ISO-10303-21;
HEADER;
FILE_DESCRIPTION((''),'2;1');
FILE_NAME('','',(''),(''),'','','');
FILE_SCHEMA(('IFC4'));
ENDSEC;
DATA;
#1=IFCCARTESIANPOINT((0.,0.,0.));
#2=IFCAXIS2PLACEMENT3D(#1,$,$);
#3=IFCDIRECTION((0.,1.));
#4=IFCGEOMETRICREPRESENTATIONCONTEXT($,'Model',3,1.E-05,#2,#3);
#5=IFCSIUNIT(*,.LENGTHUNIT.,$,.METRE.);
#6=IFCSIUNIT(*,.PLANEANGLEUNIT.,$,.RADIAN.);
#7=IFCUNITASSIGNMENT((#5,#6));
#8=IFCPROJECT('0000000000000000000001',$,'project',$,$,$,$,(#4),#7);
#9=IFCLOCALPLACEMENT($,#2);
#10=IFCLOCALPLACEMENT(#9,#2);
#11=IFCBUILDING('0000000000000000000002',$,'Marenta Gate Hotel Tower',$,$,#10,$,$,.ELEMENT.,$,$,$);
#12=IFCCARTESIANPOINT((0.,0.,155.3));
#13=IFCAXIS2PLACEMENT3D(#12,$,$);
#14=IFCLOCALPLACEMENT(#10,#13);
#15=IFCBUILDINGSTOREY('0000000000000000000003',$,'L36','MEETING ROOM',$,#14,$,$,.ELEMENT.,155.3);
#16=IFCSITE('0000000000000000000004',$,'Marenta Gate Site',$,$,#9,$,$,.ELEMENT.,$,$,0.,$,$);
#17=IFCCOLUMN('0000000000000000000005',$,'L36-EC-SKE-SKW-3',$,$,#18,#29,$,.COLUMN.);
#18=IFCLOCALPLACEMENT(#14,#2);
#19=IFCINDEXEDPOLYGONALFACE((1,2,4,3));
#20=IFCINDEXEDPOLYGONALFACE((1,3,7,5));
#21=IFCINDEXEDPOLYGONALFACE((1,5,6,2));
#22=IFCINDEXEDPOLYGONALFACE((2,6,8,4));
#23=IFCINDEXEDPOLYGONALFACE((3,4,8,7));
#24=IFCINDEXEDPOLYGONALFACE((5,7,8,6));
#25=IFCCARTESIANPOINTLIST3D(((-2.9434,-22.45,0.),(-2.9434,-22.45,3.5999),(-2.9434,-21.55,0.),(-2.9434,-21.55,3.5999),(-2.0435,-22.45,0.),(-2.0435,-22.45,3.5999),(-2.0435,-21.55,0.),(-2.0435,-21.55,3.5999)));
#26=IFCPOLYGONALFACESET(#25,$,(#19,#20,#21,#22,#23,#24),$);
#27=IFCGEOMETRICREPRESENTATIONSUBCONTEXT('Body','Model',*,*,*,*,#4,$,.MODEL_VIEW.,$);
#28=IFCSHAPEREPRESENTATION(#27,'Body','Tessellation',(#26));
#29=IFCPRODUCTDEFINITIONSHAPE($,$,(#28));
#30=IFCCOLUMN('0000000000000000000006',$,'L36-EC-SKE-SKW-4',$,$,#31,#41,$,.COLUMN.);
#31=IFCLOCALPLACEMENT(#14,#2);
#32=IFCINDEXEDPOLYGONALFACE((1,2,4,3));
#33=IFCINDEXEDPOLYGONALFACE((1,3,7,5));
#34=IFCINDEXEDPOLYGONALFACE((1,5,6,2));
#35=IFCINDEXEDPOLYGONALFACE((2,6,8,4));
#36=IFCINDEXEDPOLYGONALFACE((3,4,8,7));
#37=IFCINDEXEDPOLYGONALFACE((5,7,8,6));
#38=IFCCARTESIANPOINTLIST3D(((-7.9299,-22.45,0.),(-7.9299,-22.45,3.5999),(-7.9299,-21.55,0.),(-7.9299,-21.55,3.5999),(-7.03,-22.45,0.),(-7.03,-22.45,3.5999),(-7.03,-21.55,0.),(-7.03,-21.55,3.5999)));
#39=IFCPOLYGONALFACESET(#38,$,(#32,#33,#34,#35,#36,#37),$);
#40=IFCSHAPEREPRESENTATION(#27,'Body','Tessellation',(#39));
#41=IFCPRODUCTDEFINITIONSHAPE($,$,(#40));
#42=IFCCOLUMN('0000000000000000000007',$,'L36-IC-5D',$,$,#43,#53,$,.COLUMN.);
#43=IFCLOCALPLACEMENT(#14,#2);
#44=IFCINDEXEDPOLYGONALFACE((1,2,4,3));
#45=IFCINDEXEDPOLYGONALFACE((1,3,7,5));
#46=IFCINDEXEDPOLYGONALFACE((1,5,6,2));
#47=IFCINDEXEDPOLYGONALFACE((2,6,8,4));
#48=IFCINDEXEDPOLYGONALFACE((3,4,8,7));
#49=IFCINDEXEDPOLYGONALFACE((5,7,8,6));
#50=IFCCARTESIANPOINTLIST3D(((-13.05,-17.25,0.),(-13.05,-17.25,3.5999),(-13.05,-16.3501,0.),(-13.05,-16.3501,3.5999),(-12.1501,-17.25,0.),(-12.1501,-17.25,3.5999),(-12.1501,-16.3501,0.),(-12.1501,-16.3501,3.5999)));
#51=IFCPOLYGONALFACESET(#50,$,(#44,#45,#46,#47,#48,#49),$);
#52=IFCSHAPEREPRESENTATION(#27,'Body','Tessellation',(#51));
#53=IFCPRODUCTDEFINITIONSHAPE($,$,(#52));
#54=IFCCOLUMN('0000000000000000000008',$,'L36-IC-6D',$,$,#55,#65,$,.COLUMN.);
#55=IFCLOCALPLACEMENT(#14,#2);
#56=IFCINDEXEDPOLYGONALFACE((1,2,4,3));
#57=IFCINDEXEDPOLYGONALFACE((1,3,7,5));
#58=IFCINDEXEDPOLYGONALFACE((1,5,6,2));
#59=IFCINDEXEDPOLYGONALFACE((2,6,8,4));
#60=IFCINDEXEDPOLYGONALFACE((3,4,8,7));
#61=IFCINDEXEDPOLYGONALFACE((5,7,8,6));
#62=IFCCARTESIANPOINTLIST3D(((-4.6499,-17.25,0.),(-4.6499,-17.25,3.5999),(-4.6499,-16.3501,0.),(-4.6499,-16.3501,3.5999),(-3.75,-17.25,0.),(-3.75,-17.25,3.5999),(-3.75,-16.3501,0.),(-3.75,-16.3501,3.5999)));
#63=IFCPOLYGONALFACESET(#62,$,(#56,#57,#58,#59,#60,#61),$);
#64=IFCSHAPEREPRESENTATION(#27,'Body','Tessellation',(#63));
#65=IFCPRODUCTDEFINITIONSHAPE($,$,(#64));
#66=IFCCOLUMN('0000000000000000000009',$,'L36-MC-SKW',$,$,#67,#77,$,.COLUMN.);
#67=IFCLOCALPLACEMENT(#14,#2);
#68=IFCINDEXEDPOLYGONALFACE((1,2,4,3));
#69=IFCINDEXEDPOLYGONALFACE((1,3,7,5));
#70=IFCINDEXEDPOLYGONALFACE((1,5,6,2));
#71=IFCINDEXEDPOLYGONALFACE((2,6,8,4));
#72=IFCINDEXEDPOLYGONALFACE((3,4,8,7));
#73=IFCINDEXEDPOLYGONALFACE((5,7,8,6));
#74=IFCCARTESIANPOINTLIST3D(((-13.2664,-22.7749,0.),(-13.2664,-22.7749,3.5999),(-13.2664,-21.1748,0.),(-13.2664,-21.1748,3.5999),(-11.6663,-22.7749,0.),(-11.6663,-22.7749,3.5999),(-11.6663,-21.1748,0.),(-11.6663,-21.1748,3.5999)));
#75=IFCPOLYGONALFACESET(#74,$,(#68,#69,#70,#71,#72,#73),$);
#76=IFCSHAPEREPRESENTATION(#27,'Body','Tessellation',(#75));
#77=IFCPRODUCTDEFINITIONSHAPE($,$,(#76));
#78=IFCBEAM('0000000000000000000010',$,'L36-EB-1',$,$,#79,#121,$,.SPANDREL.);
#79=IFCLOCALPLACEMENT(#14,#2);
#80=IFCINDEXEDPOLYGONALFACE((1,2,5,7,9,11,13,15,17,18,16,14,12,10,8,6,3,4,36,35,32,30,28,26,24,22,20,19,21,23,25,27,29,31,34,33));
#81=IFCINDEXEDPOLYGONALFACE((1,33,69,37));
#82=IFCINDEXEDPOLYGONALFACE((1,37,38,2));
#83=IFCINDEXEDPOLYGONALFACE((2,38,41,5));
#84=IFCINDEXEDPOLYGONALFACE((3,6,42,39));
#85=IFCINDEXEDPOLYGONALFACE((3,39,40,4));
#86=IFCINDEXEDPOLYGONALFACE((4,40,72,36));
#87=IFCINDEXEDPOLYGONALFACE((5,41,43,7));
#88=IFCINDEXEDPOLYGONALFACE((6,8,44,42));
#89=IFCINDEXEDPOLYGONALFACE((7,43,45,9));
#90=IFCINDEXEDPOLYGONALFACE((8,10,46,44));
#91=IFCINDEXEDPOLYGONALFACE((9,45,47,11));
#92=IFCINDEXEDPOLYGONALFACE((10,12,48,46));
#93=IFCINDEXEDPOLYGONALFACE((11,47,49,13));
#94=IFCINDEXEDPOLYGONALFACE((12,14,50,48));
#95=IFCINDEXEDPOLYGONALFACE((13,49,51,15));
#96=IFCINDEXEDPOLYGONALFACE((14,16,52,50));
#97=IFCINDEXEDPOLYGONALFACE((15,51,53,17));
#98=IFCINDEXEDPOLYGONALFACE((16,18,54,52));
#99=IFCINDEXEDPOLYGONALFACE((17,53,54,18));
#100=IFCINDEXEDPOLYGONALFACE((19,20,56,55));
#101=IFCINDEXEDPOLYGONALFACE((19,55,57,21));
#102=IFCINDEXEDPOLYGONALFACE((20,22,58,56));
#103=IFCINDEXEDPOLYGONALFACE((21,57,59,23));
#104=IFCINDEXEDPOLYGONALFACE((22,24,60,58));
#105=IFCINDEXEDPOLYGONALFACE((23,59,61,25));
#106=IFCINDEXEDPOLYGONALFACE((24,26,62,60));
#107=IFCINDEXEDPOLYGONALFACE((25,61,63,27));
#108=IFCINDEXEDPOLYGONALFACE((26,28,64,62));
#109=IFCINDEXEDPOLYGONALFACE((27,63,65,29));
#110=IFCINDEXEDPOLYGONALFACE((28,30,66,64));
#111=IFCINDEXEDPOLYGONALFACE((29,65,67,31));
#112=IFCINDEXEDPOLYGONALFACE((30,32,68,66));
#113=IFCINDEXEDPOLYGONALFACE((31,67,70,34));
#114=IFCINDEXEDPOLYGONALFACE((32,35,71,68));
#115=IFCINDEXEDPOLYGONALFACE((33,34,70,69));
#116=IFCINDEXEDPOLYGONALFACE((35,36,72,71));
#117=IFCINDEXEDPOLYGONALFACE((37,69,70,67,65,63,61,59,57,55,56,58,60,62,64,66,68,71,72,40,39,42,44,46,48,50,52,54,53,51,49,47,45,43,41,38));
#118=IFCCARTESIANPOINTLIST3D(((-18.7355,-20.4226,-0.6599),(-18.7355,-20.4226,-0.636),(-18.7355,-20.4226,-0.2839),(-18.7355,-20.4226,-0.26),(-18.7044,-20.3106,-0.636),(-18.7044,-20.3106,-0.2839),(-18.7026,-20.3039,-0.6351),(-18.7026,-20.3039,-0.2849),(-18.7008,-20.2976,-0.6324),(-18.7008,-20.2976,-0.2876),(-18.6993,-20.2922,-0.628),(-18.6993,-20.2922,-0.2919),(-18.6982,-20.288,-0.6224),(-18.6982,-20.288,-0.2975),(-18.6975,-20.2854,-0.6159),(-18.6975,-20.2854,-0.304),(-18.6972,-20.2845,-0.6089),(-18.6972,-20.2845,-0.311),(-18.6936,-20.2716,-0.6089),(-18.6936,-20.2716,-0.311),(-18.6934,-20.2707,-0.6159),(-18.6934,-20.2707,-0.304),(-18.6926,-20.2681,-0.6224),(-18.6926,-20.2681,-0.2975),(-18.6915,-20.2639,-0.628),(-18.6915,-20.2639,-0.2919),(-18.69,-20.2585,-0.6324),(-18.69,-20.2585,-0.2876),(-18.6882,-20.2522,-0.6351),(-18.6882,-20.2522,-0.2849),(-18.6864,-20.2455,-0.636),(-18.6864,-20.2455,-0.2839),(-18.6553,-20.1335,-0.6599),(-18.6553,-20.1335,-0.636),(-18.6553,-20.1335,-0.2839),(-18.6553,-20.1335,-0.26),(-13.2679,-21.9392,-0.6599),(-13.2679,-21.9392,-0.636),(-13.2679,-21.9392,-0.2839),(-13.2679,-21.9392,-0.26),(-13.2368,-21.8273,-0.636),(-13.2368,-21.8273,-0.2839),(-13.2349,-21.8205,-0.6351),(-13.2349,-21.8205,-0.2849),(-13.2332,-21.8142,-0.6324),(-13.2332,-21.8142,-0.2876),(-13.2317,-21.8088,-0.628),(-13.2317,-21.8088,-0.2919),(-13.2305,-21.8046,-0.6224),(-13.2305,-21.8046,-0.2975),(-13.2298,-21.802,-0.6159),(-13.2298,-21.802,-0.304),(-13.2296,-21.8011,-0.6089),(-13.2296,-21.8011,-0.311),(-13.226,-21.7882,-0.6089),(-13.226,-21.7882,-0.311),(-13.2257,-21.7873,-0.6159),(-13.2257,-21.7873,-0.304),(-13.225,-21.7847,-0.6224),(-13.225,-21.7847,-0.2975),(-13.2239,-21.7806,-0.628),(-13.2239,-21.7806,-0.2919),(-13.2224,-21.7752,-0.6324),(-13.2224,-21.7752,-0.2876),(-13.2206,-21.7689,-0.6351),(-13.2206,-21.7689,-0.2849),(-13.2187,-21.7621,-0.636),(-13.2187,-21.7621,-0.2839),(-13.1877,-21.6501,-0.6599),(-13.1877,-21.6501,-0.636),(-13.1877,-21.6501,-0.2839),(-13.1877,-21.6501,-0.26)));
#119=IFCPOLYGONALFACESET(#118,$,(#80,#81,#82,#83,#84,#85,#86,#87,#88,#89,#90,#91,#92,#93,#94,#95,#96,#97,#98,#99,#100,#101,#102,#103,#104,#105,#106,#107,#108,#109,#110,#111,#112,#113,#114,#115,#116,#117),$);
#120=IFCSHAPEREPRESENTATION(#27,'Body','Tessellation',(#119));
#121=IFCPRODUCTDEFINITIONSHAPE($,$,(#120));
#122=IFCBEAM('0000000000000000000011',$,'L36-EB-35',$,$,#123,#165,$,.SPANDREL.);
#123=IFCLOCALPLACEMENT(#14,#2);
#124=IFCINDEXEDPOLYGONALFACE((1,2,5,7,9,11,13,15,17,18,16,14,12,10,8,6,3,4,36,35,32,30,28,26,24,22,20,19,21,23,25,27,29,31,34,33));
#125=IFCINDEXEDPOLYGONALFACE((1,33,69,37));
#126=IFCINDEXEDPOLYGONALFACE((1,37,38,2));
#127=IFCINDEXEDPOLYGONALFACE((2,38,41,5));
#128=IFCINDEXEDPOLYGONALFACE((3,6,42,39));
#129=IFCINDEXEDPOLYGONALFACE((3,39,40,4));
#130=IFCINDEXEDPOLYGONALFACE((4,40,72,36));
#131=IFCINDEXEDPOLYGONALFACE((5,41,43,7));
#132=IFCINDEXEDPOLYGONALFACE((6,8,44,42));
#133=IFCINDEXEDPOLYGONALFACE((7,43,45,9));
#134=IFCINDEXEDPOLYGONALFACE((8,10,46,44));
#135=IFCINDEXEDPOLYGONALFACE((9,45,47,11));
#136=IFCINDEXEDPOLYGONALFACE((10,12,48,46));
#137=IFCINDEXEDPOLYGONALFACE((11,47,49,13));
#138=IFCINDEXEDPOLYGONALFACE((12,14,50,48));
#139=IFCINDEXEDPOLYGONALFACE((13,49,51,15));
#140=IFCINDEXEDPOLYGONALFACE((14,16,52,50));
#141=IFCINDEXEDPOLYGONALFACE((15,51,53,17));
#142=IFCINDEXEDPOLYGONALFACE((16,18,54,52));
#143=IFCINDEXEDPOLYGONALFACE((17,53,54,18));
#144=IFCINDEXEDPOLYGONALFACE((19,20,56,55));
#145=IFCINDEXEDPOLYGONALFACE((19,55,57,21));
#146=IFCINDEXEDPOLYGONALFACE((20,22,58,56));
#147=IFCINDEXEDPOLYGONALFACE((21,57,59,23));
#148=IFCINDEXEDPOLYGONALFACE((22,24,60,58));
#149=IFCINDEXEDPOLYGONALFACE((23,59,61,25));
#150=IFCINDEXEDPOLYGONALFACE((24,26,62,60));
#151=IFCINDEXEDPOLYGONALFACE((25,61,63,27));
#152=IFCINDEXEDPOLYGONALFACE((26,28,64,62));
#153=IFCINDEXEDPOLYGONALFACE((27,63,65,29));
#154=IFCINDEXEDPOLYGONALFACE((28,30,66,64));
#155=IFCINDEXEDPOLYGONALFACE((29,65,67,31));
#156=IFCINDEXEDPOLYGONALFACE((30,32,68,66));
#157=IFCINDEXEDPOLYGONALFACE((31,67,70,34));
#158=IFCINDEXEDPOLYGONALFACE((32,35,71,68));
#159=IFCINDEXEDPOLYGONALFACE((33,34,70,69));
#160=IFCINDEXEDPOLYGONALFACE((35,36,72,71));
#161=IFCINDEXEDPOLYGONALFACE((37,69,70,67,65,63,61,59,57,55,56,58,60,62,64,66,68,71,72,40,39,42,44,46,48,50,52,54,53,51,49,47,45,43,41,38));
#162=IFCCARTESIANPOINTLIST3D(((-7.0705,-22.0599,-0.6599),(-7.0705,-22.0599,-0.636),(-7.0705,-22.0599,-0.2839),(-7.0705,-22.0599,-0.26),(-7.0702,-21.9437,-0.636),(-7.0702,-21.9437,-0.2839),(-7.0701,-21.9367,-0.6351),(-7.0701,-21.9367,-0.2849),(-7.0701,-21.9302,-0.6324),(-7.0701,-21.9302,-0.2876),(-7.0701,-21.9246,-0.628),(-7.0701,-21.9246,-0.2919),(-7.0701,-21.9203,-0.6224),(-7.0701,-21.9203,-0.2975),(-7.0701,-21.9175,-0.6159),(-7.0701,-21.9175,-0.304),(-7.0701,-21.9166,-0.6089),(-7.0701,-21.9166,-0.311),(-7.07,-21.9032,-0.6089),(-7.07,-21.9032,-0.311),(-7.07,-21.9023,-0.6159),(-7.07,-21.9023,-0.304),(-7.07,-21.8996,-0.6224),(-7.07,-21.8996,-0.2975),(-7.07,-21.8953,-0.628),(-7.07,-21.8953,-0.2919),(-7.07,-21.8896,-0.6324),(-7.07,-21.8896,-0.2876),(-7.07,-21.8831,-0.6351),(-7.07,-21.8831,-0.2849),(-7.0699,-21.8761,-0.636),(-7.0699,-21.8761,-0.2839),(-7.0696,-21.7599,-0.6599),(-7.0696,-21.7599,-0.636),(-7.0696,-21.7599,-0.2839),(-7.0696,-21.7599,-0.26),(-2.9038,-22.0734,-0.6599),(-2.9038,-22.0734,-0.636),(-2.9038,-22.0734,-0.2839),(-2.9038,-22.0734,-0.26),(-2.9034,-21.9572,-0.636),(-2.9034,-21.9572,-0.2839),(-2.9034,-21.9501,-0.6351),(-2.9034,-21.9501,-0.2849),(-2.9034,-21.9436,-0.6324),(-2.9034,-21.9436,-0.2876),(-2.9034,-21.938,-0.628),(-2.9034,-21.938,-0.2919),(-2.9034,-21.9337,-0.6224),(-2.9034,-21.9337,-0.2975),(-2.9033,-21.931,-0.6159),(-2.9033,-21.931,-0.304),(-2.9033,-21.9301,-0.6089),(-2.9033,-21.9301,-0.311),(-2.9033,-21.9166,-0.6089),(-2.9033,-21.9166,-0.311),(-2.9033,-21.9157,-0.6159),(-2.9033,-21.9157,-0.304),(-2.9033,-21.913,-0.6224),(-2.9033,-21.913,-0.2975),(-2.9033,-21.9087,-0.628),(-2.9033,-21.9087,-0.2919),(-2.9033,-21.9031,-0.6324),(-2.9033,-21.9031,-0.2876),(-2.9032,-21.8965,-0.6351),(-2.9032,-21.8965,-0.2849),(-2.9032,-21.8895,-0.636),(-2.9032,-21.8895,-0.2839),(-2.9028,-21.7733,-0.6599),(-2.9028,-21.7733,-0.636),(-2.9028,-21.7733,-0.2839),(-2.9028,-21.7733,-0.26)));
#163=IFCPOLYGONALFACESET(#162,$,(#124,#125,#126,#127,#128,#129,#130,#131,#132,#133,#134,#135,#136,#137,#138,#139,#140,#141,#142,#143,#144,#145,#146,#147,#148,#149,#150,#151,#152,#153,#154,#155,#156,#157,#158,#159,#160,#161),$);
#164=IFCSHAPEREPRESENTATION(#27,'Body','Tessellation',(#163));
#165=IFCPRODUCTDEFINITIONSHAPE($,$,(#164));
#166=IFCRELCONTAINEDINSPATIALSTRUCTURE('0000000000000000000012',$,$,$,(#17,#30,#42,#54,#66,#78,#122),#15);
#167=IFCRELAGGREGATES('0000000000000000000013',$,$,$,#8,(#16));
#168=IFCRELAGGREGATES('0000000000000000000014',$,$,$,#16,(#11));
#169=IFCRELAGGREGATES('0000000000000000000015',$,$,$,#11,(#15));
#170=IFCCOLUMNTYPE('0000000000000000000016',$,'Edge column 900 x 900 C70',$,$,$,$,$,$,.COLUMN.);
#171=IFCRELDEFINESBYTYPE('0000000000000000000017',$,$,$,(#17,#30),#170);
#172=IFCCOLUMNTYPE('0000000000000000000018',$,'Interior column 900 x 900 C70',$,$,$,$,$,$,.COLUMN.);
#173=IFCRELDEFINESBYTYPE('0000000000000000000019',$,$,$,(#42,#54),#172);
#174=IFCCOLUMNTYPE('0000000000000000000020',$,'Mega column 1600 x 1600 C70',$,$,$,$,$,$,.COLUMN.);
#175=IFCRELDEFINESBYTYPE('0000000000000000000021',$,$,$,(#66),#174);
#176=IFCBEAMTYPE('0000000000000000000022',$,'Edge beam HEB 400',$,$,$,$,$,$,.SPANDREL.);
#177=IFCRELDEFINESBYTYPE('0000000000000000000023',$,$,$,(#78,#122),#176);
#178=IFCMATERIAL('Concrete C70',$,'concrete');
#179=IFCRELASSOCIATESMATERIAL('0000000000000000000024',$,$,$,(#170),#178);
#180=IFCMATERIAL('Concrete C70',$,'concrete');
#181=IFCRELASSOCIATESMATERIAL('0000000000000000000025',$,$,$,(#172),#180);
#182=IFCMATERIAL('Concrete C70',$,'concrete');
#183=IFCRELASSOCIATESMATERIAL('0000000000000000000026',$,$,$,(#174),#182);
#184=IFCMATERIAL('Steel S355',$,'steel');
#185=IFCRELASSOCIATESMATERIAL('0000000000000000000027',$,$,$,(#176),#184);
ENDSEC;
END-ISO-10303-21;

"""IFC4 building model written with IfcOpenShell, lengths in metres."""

from ifc_helpers import new_model, si_unit, direction, frame, origin, origin_2d, place, context, subcontext, project, spatial, rectangle, i_section, extrude, material, material_profile, profile_set, type_object, element, save


model = new_model("IFC4")

# Units and contexts
model_context = context("Model", 3, precision=1e-05, world=origin(), true_north=direction((0.0, 1.0)))
body_context = subcontext(model_context, "Body", "Model", "MODEL_VIEW")
ifc_project = project(units=[si_unit("LENGTHUNIT", "METRE"), si_unit("PLANEANGLEUNIT", "RADIAN")], contexts=[model_context])

# Site, building, storey
site_placement = place(None, origin())
site = spatial("IfcSite", under=ifc_project, at=site_placement, Name="Marenta Gate Site", CompositionType="ELEMENT", RefElevation=0.0)
building_placement = place(site_placement, origin())
building = spatial("IfcBuilding", under=site, at=building_placement, Name="Marenta Gate Hotel Tower", CompositionType="ELEMENT")
storey_placement = place(building_placement, frame((0.0, 0.0, 155.3)))
storey = spatial("IfcBuildingStorey", under=building, at=storey_placement, Name="L36", Description="MEETING ROOM", CompositionType="ELEMENT", Elevation=155.3)

# Columns
ifc_material_1 = material(Name="Concrete C70", Category="concrete")
ifc_material_profile_1 = material_profile(ifc_material_1, rectangle(XDim=0.8999, YDim=0.8999, at=origin_2d()), Name="900 x 900")
ifc_profile_set_1 = profile_set([ifc_material_profile_1], Name="Concrete C70")
column_type_1 = type_object("IfcColumnType", Name="Edge column 900 x 900 C70", PredefinedType="COLUMN", material=ifc_profile_set_1)
for number, where, z_axis, x_axis, name in (
    (1, (-2.4934, -22.0, 0.0), (0.0, 0.0, 1.0), (1.0, 0.0, 0.0), "L36-EC-SKE-SKW-3"),
    (2, (-7.48, -22.0, 0.0), (0.0, 0.0, 1.0), (1.0, 0.0, 0.0), "L36-EC-SKE-SKW-4"),
):
    element("IfcColumn", number, at=place(storey_placement, frame(where, z_axis=z_axis, x_axis=x_axis)), inside=storey, type_object=column_type_1, Name=name, PredefinedType="COLUMN", context=body_context, shape_type="SweptSolid", body=[
        extrude(rectangle(XDim=0.8999, YDim=0.8999, at=origin_2d()), origin(), (0.0, 0.0, 1.0), 3.5999),
    ])
ifc_material_2 = material(Name="Concrete C70", Category="concrete")
ifc_material_profile_2 = material_profile(ifc_material_2, rectangle(XDim=0.8999, YDim=0.8999, at=origin_2d()), Name="900 x 900")
ifc_profile_set_2 = profile_set([ifc_material_profile_2], Name="Concrete C70")
column_type_2 = type_object("IfcColumnType", Name="Interior column 900 x 900 C70", PredefinedType="COLUMN", material=ifc_profile_set_2)
for number, where, z_axis, x_axis, name in (
    (3, (-12.6001, -16.8, 0.0), (0.0, 0.0, 1.0), (1.0, 0.0, 0.0), "L36-IC-5D"),
    (4, (-4.2, -16.8, 0.0), (0.0, 0.0, 1.0), (1.0, 0.0, 0.0), "L36-IC-6D"),
):
    element("IfcColumn", number, at=place(storey_placement, frame(where, z_axis=z_axis, x_axis=x_axis)), inside=storey, type_object=column_type_2, Name=name, PredefinedType="COLUMN", context=body_context, shape_type="SweptSolid", body=[
        extrude(rectangle(XDim=0.8999, YDim=0.8999, at=origin_2d()), origin(), (0.0, 0.0, 1.0), 3.5999),
    ])
ifc_material_3 = material(Name="Concrete C70", Category="concrete")
ifc_material_profile_3 = material_profile(ifc_material_3, rectangle(XDim=1.6001, YDim=1.6001, at=origin_2d()), Name="1600 x 1600")
ifc_profile_set_3 = profile_set([ifc_material_profile_3], Name="Concrete C70")
column_type_3 = type_object("IfcColumnType", Name="Mega column 1600 x 1600 C70", PredefinedType="COLUMN", material=ifc_profile_set_3)
column_placement = place(storey_placement, frame((-12.4663, -21.9749, 0.0), z_axis=(0.0, 0.0, 1.0), x_axis=(1.0, 0.0, 0.0)))
element("IfcColumn", 5, at=column_placement, inside=storey, type_object=column_type_3, Name="L36-MC-SKW", PredefinedType="COLUMN", context=body_context, shape_type="SweptSolid", body=[
    extrude(rectangle(XDim=1.6001, YDim=1.6001, at=origin_2d()), origin(), (0.0, 0.0, 1.0), 3.5999),
])

# Beams
ifc_material_4 = material(Name="Steel S355", Category="steel")
ifc_material_profile_4 = material_profile(ifc_material_4, i_section(OverallWidth=0.3, OverallDepth=0.3999, WebThickness=0.0134, FlangeThickness=0.0239, FilletRadius=0.0271, at=origin_2d()), Name="HEB 400")
ifc_profile_set_4 = profile_set([ifc_material_profile_4], Name="Steel S355")
beam_type_1 = type_object("IfcBeamType", Name="Edge beam HEB 400", PredefinedType="SPANDREL", material=ifc_profile_set_4)
beam_1_placement = place(storey_placement, frame((-13.2278, -21.7947, -0.46), z_axis=(-0.963616, 0.267291, 0.0), x_axis=(-0.267291, -0.963616, 0.0)))
element("IfcBeam", 6, at=beam_1_placement, inside=storey, type_object=beam_type_1, Name="L36-EB-1", PredefinedType="SPANDREL", context=body_context, shape_type="SweptSolid", body=[
    extrude(i_section(OverallWidth=0.3, OverallDepth=0.3999, WebThickness=0.0134, FlangeThickness=0.0239, FilletRadius=0.0271, at=origin_2d()), origin(), (0.0, 0.0, 1.0), 5.6741),
])
beam_2_placement = place(storey_placement, frame((-2.9033, -21.9233, -0.46), z_axis=(-0.999995, 0.003223, 0.0), x_axis=(-0.003223, -0.999995, 0.0)))
element("IfcBeam", 7, at=beam_2_placement, inside=storey, type_object=beam_type_1, Name="L36-EB-35", PredefinedType="SPANDREL", context=body_context, shape_type="SweptSolid", body=[
    extrude(i_section(OverallWidth=0.3, OverallDepth=0.3999, WebThickness=0.0134, FlangeThickness=0.0239, FilletRadius=0.0271, at=origin_2d()), origin(), (0.0, 0.0, 1.0), 4.1667),
])

save(model, "model.ifc")
